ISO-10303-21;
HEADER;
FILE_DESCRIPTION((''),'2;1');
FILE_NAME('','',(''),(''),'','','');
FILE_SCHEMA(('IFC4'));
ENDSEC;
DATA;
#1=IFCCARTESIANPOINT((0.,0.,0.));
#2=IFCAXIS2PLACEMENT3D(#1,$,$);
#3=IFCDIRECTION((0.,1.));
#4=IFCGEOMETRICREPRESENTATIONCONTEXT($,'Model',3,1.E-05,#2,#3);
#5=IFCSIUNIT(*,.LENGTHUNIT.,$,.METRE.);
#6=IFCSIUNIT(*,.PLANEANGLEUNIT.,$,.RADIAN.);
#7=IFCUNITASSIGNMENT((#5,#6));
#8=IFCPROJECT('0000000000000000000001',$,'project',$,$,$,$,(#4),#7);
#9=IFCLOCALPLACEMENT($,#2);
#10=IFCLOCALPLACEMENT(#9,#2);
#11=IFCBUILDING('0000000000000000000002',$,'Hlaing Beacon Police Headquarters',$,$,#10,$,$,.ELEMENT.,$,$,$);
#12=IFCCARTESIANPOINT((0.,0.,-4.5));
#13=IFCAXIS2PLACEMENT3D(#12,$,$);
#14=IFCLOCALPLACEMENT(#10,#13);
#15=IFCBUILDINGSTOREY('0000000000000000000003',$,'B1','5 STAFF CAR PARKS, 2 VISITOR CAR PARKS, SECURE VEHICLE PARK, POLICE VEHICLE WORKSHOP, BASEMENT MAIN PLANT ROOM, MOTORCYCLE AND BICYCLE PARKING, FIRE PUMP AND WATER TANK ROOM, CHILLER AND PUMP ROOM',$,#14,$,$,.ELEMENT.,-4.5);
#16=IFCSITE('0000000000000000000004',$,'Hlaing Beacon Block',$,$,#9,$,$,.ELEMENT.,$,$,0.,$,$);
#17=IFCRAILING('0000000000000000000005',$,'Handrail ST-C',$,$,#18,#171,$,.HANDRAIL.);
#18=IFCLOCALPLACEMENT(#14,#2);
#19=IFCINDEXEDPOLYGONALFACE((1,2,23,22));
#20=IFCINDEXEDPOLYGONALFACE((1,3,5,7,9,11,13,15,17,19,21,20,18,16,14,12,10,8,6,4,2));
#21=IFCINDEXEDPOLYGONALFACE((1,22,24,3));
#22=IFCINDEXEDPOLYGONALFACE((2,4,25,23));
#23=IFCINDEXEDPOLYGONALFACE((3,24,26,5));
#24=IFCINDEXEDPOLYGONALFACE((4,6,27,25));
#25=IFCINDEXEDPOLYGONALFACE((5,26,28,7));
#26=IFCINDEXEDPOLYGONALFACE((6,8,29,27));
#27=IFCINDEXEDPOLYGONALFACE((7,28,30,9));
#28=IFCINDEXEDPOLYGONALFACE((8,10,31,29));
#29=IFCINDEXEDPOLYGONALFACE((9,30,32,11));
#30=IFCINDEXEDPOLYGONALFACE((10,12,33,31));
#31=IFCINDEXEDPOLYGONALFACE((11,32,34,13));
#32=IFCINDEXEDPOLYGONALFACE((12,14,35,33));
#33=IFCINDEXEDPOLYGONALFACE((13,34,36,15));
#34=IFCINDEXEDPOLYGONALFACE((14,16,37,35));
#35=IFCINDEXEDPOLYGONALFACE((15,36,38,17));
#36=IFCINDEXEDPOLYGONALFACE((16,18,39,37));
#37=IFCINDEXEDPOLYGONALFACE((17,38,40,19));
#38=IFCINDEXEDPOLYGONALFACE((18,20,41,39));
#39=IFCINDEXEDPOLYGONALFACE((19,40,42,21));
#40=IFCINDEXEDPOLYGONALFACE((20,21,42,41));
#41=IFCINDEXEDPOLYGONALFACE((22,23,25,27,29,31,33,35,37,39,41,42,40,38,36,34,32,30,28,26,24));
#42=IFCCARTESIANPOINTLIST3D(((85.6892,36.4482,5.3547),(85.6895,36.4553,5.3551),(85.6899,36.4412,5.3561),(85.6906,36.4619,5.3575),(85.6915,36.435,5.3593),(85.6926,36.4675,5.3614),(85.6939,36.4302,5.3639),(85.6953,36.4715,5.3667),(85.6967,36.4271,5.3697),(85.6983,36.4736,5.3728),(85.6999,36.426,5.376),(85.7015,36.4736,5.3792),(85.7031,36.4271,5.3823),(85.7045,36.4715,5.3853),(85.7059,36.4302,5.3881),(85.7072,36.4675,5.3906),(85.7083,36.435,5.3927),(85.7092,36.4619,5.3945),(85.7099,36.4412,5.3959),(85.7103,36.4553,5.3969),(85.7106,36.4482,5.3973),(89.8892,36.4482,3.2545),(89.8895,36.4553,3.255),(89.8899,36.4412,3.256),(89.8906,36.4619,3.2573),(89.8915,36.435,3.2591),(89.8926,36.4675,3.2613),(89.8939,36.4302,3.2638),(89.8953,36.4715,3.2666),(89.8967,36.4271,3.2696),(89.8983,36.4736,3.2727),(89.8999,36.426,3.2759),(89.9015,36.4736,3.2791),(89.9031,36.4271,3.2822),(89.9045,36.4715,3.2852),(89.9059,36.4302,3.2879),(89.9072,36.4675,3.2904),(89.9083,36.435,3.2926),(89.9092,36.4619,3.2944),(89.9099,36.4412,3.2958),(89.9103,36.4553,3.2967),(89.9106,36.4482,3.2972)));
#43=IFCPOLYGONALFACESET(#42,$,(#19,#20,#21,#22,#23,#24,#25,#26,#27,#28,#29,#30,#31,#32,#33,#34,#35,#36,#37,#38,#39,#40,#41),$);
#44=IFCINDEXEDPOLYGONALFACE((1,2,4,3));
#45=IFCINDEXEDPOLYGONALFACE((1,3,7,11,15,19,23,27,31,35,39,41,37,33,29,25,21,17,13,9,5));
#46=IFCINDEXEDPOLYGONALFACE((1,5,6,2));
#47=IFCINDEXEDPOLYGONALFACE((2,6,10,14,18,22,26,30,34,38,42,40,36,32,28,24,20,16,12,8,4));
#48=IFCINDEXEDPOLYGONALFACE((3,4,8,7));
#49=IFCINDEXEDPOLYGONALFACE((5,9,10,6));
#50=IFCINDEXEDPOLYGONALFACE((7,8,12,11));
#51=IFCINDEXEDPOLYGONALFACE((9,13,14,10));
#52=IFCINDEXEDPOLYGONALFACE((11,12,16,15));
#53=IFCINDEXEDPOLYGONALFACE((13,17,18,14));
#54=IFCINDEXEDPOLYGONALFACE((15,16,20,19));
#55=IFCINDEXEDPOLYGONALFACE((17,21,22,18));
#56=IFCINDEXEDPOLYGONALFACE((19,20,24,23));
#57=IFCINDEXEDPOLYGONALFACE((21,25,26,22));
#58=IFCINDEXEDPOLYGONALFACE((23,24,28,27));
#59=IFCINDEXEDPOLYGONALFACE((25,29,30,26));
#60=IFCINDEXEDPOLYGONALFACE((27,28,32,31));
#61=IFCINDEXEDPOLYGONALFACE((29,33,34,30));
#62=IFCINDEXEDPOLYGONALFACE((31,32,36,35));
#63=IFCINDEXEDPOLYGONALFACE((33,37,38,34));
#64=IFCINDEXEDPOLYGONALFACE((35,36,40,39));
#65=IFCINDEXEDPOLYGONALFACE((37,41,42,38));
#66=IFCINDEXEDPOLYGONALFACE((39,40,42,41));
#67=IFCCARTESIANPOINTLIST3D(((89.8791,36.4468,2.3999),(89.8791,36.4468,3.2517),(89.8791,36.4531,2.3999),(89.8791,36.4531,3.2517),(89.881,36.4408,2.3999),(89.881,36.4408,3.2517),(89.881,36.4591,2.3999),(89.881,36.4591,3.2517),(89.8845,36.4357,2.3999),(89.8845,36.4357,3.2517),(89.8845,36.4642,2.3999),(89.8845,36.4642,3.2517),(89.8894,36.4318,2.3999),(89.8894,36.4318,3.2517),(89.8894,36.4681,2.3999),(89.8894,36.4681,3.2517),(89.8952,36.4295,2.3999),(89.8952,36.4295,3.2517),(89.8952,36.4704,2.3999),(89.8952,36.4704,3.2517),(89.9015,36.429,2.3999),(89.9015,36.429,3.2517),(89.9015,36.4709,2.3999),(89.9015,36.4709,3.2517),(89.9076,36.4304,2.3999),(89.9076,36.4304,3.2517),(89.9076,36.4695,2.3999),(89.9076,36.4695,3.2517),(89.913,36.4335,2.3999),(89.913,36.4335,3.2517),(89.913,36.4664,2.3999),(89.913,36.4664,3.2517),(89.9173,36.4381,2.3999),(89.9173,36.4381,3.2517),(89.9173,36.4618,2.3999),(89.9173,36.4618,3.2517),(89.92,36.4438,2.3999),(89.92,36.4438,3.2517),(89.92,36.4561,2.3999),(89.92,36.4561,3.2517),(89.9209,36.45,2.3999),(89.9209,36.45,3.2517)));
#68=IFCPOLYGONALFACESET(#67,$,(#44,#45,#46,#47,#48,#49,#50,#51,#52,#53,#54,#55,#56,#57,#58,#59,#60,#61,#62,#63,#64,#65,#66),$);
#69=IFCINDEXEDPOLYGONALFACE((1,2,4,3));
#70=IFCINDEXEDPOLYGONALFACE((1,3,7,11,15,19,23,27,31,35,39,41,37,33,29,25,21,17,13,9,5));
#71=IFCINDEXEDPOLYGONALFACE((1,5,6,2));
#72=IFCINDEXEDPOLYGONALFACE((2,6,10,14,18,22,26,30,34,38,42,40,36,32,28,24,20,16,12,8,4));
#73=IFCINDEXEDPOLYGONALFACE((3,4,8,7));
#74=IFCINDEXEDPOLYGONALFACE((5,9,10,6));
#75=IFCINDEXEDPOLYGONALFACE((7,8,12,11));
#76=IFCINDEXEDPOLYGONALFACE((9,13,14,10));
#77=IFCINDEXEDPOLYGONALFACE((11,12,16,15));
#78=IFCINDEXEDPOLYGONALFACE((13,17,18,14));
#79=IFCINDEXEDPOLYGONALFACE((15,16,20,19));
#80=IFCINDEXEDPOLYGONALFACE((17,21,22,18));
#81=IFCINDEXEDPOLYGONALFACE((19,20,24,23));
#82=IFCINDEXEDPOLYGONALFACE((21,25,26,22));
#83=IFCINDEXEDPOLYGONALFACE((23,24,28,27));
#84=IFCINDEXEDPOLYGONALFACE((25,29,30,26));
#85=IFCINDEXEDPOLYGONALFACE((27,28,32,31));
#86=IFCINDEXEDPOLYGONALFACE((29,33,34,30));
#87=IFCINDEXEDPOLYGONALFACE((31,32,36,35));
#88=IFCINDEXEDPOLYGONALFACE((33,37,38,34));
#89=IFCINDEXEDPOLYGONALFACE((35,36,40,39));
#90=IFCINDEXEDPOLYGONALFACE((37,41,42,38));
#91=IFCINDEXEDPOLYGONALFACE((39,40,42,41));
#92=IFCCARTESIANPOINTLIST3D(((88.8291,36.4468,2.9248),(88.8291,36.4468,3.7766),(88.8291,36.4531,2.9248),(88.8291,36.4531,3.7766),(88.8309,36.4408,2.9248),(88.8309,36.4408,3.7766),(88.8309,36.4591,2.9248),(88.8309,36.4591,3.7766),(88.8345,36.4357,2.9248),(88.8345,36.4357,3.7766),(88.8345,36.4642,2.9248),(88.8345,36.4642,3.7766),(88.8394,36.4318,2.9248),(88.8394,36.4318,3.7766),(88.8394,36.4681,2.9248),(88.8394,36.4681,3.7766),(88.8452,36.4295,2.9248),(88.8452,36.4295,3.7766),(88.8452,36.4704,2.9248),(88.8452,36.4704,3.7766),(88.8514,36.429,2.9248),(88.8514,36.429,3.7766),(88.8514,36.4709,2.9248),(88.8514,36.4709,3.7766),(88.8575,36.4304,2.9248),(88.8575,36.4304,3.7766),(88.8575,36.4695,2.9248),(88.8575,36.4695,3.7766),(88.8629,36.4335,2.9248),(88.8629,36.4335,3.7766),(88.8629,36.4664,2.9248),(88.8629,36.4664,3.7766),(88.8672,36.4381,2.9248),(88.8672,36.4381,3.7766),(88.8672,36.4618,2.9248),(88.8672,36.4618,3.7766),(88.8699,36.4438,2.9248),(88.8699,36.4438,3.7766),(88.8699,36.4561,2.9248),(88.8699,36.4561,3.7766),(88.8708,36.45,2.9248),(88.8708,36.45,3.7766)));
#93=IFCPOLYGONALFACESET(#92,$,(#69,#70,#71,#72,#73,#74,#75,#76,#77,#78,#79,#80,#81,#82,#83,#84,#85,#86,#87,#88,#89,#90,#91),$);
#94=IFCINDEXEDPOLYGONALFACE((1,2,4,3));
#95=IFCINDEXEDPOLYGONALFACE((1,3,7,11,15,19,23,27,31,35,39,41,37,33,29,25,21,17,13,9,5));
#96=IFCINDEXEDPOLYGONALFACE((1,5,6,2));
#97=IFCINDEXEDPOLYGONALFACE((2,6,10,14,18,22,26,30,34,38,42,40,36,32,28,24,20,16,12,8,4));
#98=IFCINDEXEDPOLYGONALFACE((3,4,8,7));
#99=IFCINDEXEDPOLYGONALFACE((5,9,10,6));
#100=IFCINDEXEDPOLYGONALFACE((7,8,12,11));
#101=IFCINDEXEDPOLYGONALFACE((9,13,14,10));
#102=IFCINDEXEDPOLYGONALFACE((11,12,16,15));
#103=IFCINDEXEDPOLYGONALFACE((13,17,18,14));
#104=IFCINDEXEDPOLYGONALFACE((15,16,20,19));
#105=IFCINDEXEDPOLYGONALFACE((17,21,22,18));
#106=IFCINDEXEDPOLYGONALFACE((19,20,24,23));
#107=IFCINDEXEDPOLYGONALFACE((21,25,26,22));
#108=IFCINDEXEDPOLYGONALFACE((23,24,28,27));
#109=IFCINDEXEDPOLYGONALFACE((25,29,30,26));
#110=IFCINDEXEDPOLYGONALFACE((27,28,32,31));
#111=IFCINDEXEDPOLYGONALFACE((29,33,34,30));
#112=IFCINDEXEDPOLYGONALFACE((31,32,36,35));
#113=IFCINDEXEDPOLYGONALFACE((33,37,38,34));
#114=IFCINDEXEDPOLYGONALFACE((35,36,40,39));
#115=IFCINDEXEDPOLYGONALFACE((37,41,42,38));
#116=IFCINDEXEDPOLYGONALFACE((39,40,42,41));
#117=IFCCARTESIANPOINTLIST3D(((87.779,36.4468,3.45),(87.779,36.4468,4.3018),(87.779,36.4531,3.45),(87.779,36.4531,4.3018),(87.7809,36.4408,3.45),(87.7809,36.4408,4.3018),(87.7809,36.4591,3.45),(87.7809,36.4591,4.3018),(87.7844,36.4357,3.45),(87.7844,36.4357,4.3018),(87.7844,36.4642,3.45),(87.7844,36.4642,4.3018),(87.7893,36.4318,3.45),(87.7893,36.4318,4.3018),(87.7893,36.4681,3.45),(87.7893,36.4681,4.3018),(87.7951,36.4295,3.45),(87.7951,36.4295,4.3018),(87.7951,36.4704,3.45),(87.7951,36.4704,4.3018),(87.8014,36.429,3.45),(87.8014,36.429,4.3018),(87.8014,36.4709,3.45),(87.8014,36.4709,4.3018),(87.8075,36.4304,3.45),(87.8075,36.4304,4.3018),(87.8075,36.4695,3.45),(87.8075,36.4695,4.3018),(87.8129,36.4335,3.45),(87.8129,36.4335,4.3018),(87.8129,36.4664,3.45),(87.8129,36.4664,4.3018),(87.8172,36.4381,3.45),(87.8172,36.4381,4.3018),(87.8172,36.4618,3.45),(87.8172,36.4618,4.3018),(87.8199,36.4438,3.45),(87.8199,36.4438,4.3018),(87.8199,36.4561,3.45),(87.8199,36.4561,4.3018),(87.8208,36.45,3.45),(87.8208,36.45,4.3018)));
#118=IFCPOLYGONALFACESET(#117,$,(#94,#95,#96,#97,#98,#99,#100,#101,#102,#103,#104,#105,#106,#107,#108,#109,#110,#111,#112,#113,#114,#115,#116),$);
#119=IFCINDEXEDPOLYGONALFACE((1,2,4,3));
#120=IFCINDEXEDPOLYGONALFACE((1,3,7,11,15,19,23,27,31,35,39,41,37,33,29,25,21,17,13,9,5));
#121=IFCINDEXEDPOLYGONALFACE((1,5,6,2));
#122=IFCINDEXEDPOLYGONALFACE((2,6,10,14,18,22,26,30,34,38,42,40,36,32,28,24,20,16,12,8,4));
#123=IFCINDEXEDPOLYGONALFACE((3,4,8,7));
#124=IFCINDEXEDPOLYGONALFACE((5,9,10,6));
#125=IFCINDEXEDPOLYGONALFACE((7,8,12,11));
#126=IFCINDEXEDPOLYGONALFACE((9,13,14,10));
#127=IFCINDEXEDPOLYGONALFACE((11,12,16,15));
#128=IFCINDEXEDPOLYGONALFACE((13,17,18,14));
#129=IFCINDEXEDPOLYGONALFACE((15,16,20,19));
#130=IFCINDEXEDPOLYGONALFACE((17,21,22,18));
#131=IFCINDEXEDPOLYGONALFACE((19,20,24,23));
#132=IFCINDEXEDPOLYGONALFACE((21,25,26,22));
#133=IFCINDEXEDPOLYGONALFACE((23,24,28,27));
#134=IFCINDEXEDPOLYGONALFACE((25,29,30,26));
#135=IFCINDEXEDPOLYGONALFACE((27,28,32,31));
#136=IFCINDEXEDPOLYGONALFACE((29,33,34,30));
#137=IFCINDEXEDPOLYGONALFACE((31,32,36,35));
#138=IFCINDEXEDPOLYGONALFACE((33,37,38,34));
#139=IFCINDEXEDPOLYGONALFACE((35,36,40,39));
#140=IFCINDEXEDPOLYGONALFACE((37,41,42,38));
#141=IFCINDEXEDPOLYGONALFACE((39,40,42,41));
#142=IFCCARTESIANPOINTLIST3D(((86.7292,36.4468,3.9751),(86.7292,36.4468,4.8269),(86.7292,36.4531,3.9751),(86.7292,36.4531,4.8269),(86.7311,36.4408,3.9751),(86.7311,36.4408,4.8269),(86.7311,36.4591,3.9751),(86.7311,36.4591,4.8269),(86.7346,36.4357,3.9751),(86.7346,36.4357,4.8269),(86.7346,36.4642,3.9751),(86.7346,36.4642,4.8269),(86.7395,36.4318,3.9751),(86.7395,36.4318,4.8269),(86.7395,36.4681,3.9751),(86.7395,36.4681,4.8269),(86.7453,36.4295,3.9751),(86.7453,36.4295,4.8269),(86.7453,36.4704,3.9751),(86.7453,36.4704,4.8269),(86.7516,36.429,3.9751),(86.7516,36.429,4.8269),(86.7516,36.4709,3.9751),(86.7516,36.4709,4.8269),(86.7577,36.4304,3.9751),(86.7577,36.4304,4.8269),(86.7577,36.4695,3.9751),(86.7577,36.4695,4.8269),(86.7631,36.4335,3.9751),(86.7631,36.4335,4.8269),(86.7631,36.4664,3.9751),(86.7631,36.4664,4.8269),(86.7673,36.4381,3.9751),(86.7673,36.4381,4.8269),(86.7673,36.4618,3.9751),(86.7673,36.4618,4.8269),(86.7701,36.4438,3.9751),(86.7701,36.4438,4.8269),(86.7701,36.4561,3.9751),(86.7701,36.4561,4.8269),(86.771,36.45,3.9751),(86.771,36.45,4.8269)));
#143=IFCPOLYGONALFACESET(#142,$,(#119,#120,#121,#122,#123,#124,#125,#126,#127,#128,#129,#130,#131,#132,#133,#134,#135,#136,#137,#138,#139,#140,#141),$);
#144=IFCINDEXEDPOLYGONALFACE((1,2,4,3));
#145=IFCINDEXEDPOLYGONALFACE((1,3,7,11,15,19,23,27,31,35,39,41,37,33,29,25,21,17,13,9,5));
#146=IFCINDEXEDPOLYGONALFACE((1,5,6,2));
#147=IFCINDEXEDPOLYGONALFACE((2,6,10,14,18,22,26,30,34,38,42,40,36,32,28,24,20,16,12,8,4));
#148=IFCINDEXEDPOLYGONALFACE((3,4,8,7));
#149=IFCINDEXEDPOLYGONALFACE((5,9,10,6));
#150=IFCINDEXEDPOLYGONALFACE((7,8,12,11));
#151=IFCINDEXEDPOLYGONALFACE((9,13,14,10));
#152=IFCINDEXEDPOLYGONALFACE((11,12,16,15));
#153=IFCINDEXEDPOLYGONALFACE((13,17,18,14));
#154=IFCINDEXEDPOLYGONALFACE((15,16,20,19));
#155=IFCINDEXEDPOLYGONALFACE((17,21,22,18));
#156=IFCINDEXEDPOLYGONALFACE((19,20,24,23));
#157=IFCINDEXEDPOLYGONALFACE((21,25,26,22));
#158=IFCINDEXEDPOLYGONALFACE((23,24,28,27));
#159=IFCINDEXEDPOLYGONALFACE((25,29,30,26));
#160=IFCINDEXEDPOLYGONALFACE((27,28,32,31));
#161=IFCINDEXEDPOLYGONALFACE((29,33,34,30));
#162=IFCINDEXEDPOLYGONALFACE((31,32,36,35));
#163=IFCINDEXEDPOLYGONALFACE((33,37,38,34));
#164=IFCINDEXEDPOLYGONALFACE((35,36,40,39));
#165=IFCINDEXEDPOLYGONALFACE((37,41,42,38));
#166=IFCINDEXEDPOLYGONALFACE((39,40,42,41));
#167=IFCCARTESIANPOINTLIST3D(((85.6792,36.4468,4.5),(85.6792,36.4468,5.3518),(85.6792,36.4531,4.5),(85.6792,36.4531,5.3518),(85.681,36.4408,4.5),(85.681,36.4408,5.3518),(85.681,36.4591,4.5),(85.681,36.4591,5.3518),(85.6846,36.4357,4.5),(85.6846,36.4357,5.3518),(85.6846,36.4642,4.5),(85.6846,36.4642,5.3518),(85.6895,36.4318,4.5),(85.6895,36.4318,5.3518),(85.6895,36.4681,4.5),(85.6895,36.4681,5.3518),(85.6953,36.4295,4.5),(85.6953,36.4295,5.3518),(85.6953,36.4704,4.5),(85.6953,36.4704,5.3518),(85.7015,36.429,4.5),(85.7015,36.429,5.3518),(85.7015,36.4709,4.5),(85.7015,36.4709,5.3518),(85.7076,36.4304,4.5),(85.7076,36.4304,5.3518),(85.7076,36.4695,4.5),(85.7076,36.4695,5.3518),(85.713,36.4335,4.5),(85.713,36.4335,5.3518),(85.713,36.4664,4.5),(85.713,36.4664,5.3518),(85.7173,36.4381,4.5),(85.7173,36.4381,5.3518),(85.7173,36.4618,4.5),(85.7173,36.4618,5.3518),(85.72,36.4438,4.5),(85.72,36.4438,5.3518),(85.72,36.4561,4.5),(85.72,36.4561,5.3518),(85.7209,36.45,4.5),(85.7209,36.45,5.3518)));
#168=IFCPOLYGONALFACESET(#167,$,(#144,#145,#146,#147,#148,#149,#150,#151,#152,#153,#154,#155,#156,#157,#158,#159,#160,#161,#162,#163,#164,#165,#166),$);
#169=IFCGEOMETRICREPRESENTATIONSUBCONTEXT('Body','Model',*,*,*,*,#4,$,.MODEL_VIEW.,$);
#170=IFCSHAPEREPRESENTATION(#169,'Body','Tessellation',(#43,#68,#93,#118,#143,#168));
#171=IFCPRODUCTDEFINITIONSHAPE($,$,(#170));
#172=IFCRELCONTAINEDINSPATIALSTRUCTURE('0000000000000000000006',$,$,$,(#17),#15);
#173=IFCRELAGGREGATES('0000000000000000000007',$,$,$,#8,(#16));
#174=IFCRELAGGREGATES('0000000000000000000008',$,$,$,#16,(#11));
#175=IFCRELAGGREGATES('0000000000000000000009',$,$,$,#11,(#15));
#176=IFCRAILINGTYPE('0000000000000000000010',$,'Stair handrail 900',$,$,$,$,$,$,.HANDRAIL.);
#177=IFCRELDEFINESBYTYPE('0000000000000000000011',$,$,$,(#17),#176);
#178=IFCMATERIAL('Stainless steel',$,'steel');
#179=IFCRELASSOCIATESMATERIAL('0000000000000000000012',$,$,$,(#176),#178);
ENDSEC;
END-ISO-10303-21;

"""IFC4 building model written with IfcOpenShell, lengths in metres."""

from ifc_helpers import new_model, si_unit, direction, frame, origin, origin_2d, place, context, subcontext, project, spatial, circle, extrude, material, type_object, element, save


model = new_model("IFC4")

# Units and contexts
model_context = context("Model", 3, precision=1e-05, world=origin(), true_north=direction((0.0, 1.0)))
body_context = subcontext(model_context, "Body", "Model", "MODEL_VIEW")
ifc_project = project(units=[si_unit("LENGTHUNIT", "METRE"), si_unit("PLANEANGLEUNIT", "RADIAN")], contexts=[model_context])

# Site, building, storey
site_placement = place(None, origin())
site = spatial("IfcSite", under=ifc_project, at=site_placement, Name="Hlaing Beacon Block", CompositionType="ELEMENT", RefElevation=0.0)
building_placement = place(site_placement, origin())
building = spatial("IfcBuilding", under=site, at=building_placement, Name="Hlaing Beacon Police Headquarters", CompositionType="ELEMENT")
storey_placement = place(building_placement, frame((0.0, 0.0, -4.5)))
storey = spatial("IfcBuildingStorey", under=building, at=storey_placement, Name="B1", Description="5 STAFF CAR PARKS, 2 VISITOR CAR PARKS, SECURE VEHICLE PARK, POLICE VEHICLE WORKSHOP, BASEMENT MAIN PLANT ROOM, MOTORCYCLE AND BICYCLE PARKING, FIRE PUMP AND WATER TANK ROOM, CHILLER AND PUMP ROOM", CompositionType="ELEMENT", Elevation=-4.5)

# Railing
ifc_material_1 = material(Name="Stainless steel", Category="steel")
railing_type = type_object("IfcRailingType", Name="Stair handrail 900", PredefinedType="HANDRAIL", material=ifc_material_1)
railing_1_placement = place(storey_placement, frame((89.8999, 36.45, 2.3999)))
element("IfcRailing", 1, at=railing_1_placement, inside=storey, type_object=railing_type, Name="Handrail ST-C", PredefinedType="HANDRAIL", context=body_context, shape_type="SweptSolid", body=[
    extrude(circle(Radius=0.0239, at=origin_2d()), frame((0.0, 0.0, 0.876), z_axis=(-0.894417, 0.0, 0.447234), x_axis=(0.0, -1.0, 0.0)), (0.0, 0.0, 1.0), 4.6958),
    extrude(circle(Radius=0.021, at=origin_2d()), origin(), (0.0, 0.0, 1.0), 0.8518),
    extrude(circle(Radius=0.021, at=origin_2d()), frame((-1.05, 0.0, 0.5249)), (0.0, 0.0, 1.0), 0.8518),
    extrude(circle(Radius=0.021, at=origin_2d()), frame((-2.1001, 0.0, 1.05)), (0.0, 0.0, 1.0), 0.8518),
    extrude(circle(Radius=0.021, at=origin_2d()), frame((-3.1499, 0.0, 1.5752)), (0.0, 0.0, 1.0), 0.8518),
    extrude(circle(Radius=0.021, at=origin_2d()), frame((-4.2, 0.0, 2.1001)), (0.0, 0.0, 1.0), 0.8518),
])

save(model, "model.ifc")
